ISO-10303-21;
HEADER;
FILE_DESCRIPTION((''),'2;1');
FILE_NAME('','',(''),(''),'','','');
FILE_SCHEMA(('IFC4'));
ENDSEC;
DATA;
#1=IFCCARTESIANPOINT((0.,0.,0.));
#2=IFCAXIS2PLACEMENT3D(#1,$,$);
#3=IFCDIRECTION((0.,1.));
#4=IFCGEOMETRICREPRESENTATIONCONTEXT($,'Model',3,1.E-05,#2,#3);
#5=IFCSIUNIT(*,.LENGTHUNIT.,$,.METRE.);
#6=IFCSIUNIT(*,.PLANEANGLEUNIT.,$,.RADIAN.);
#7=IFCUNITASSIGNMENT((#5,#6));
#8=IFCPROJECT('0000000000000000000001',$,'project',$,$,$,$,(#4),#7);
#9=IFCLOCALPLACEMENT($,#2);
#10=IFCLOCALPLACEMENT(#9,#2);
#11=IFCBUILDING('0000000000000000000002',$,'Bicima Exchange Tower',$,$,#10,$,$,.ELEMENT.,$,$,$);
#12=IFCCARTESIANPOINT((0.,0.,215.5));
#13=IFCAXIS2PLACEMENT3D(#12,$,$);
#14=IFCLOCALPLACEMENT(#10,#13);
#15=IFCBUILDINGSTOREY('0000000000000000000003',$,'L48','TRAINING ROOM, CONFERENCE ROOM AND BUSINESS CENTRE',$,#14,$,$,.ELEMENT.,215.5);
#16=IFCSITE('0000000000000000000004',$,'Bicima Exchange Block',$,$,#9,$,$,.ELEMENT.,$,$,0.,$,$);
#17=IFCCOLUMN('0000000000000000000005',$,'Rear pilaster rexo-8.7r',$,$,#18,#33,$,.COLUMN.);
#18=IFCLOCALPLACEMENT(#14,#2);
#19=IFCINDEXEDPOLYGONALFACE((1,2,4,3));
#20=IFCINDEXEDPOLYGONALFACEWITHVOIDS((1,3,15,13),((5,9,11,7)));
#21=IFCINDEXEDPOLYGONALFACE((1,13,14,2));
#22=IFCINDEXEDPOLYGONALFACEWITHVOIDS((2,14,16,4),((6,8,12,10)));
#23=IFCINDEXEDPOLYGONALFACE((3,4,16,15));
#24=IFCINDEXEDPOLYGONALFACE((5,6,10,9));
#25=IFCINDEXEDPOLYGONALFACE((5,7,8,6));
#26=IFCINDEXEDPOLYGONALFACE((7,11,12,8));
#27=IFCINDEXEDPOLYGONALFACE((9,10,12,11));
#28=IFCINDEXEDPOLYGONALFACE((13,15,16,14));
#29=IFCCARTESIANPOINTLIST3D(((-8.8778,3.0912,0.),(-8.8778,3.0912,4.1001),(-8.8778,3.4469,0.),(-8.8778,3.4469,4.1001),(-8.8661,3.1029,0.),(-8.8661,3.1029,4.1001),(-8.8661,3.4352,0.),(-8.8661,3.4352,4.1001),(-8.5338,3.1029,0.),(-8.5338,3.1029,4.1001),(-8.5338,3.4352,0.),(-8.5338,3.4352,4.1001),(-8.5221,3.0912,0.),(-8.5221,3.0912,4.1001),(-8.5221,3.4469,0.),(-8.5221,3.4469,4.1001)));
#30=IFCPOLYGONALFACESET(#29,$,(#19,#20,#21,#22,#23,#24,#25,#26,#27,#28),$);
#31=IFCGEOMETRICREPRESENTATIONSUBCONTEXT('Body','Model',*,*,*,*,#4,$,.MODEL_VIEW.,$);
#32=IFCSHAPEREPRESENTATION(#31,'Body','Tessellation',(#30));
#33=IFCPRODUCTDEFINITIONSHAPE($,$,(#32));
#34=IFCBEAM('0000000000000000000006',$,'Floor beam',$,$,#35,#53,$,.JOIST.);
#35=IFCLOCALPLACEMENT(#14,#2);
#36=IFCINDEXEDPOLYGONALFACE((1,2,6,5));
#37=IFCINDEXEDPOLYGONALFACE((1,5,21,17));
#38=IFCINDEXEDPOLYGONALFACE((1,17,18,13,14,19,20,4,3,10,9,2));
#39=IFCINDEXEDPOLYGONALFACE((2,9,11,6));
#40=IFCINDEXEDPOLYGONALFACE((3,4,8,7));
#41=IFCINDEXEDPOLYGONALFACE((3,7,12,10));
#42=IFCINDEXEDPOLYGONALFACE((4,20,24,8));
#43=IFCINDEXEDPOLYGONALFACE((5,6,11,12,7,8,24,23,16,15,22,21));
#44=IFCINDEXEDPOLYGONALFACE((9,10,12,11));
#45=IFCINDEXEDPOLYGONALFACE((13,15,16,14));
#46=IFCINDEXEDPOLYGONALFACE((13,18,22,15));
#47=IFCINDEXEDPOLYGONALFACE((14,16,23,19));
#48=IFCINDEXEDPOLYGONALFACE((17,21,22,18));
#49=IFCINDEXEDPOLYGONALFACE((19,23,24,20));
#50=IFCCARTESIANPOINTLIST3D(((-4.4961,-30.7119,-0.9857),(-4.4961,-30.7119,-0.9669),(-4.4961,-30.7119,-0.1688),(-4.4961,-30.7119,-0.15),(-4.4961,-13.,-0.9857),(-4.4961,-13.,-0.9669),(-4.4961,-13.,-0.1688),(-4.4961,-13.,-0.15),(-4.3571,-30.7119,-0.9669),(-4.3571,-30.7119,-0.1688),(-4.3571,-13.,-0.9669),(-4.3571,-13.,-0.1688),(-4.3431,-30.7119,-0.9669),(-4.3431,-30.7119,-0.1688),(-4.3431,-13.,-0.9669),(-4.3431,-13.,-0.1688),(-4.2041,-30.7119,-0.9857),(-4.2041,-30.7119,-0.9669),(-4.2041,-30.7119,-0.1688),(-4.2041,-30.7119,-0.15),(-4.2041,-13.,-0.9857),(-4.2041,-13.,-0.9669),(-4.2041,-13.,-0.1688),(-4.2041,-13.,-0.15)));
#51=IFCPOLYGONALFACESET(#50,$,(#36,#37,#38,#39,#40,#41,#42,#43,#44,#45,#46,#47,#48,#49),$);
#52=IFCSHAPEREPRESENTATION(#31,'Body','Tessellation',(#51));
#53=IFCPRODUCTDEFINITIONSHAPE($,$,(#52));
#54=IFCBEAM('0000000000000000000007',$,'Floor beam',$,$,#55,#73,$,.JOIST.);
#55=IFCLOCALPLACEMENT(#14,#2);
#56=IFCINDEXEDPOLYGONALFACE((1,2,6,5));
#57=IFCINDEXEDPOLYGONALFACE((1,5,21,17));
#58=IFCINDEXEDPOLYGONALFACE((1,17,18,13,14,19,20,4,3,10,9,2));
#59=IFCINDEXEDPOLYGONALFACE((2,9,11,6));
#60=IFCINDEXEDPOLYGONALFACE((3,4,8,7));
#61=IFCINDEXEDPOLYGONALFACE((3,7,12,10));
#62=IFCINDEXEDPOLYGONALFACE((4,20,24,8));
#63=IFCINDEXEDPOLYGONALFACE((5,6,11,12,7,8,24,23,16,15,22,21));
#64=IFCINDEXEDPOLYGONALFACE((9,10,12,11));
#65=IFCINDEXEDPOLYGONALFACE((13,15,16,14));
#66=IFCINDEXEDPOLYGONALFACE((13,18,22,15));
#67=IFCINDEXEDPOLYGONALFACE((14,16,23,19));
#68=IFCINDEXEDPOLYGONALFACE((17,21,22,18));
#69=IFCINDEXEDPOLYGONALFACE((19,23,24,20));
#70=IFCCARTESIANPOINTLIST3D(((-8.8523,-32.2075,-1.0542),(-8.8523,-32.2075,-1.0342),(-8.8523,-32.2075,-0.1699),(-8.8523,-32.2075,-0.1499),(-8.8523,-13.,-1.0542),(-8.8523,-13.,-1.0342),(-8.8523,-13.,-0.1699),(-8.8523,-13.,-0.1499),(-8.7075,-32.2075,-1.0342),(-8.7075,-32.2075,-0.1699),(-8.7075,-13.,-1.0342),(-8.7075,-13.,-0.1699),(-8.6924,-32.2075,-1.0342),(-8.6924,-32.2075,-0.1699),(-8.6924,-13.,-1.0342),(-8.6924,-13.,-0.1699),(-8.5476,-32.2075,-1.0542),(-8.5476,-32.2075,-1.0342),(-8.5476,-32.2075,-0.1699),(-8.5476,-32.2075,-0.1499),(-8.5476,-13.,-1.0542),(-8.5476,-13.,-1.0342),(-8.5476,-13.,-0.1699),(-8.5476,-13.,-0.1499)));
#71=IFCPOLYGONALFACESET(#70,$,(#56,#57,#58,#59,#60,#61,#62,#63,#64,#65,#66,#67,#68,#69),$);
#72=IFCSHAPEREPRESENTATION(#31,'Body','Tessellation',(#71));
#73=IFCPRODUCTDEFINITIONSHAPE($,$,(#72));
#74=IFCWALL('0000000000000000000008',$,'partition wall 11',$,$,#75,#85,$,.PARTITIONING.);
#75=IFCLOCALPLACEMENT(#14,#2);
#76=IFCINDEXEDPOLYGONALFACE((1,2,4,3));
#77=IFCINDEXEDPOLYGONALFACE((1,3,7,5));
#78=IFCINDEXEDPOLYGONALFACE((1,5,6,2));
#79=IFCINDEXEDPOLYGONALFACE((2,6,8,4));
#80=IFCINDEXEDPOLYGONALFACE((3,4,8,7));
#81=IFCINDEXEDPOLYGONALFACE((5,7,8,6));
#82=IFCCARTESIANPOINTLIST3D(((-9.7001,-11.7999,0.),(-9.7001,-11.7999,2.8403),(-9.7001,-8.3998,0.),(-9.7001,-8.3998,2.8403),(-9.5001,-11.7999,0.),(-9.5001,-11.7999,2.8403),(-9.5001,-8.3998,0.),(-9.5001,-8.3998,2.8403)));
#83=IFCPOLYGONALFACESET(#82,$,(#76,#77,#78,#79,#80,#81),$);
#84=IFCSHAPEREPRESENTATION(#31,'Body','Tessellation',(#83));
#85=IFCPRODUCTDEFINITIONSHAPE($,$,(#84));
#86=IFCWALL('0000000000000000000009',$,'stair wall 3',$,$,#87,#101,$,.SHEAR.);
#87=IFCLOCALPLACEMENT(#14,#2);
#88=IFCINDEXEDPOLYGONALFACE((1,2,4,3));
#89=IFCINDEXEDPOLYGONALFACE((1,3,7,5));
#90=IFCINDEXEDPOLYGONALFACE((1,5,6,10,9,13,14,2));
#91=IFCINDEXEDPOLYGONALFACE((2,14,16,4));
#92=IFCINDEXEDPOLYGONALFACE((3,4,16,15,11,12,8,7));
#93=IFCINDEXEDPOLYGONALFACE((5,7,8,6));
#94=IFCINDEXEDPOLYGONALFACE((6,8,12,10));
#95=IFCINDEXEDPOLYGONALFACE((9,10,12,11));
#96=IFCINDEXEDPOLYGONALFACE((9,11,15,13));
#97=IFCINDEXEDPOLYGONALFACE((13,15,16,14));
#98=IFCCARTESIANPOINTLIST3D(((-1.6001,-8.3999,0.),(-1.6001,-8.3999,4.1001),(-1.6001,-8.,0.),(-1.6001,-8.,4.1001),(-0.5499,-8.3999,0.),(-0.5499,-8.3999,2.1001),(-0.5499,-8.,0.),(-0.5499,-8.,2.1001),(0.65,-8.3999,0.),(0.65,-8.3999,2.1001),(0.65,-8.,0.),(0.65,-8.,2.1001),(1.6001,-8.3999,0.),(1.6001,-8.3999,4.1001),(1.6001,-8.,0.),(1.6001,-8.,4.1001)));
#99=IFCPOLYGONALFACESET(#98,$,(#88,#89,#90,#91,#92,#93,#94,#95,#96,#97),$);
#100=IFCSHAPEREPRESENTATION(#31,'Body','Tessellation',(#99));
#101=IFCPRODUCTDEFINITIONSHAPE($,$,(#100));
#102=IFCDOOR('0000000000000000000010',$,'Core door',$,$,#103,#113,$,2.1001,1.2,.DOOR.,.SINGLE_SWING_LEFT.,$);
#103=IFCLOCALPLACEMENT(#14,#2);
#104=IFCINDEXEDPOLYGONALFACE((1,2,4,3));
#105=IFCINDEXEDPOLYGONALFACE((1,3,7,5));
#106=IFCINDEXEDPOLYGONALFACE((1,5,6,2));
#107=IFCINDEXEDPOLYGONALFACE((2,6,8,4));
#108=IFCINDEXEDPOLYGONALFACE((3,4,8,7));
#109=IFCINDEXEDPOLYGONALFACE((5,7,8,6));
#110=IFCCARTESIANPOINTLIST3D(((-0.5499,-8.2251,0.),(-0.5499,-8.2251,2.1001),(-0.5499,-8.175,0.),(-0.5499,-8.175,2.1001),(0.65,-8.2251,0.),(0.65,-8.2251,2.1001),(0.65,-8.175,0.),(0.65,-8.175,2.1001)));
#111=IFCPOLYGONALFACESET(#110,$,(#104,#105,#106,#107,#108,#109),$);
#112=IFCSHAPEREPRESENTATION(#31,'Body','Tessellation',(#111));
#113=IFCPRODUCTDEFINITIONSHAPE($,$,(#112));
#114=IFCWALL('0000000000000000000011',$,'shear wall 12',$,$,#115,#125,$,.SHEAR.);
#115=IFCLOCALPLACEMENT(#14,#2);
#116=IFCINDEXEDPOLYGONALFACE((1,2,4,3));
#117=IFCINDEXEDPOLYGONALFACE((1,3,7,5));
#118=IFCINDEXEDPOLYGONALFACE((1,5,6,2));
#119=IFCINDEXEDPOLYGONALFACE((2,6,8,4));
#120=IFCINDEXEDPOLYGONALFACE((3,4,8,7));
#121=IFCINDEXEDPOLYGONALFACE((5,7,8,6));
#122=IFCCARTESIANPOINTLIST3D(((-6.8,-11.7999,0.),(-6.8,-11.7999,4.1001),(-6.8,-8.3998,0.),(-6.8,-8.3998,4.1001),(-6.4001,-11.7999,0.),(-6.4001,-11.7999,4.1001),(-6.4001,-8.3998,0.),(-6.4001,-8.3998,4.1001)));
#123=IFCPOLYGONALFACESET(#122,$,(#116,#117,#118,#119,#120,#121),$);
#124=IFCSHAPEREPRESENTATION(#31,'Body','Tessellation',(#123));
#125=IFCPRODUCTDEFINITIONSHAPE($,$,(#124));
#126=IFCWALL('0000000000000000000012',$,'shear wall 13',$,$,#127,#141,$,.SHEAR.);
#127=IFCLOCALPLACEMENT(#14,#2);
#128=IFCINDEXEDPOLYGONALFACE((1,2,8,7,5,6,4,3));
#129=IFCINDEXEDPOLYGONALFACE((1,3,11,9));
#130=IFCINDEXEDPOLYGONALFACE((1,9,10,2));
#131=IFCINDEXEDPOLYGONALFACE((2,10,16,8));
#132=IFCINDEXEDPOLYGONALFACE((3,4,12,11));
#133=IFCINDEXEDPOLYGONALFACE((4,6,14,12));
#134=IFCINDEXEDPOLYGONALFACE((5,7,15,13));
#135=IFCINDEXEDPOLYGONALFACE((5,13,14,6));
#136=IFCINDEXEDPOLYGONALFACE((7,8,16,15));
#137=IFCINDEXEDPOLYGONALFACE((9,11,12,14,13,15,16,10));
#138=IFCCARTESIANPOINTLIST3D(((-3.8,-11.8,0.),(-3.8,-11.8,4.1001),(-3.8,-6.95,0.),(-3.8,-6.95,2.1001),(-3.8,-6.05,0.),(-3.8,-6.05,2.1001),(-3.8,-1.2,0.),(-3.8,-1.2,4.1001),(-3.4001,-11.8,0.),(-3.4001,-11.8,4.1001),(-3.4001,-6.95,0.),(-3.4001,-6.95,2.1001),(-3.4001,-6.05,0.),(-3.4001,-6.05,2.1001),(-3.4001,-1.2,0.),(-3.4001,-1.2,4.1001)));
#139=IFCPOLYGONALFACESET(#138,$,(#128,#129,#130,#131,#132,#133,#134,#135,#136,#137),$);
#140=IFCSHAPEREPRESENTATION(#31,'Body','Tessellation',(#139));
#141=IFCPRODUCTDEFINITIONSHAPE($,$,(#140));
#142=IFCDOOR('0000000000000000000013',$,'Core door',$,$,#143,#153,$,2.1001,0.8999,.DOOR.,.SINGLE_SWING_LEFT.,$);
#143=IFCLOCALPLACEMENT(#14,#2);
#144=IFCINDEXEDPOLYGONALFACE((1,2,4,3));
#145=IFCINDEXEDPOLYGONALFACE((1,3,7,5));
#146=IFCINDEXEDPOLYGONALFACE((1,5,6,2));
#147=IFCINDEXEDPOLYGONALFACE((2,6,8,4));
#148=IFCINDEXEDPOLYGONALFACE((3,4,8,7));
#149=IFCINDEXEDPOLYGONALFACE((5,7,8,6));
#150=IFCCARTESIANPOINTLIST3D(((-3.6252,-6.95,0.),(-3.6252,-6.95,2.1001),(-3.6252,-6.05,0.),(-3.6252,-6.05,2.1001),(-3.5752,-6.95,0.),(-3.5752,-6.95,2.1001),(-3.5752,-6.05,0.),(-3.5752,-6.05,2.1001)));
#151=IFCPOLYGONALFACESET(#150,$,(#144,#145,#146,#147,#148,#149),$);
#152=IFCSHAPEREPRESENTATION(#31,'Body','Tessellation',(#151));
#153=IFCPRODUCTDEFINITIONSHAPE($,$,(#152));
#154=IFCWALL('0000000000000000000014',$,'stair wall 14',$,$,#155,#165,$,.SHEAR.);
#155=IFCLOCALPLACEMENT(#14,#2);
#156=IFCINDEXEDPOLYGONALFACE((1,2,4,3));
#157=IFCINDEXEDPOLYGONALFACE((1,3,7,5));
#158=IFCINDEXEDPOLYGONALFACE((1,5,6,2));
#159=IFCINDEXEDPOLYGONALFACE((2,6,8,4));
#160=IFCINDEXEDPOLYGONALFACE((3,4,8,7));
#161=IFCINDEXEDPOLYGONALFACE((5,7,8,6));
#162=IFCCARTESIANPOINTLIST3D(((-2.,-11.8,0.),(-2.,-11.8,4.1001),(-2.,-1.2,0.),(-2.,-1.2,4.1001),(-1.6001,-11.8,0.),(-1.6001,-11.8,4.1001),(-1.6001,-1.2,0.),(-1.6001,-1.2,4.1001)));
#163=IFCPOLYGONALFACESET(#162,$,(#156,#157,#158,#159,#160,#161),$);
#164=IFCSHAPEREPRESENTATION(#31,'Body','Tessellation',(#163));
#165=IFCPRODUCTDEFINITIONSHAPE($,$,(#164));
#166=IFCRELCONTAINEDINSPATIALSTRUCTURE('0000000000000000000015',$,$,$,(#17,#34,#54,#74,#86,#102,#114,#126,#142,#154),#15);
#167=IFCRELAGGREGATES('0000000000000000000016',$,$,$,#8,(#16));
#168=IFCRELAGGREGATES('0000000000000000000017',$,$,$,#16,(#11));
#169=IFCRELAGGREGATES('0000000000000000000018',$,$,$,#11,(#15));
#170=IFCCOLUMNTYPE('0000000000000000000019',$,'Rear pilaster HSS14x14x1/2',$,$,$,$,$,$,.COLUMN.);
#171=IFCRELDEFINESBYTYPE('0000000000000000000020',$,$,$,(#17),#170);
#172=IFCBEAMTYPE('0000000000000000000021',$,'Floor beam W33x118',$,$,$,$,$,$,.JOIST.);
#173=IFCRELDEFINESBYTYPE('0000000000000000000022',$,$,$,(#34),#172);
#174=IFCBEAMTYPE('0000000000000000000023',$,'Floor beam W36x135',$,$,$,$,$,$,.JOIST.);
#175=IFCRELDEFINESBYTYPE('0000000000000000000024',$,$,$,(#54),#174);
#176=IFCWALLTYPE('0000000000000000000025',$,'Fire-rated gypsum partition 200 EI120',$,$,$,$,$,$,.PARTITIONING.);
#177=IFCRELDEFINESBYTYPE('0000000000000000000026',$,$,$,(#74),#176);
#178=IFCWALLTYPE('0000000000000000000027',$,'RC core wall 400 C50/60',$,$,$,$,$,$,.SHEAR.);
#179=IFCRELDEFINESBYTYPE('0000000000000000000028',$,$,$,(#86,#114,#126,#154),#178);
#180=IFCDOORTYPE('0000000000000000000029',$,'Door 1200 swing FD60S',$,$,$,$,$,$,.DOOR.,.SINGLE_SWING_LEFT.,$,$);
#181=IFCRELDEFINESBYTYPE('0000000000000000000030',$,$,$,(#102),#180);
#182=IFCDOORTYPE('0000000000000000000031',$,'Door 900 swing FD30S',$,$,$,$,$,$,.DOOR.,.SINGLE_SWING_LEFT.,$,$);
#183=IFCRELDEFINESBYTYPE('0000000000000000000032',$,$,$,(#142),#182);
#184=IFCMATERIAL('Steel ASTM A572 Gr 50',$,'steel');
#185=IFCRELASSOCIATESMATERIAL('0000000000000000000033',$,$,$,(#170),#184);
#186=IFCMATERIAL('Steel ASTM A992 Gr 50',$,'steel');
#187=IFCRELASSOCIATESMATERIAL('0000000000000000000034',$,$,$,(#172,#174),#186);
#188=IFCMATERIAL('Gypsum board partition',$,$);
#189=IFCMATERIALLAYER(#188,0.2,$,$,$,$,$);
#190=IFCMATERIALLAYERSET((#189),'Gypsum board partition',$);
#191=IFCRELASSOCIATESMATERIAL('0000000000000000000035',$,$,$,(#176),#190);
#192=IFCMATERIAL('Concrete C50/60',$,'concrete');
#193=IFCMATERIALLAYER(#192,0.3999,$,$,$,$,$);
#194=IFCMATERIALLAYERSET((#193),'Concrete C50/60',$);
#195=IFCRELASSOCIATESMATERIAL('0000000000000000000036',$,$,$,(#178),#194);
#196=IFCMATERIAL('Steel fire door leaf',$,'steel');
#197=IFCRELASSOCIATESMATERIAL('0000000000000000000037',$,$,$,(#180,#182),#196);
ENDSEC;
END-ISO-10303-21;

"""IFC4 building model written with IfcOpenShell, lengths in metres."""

from ifc_helpers import new_model, si_unit, direction, frame, frame_2d, origin, origin_2d, place, context, subcontext, project, spatial, rectangle, hollow_rectangle, i_section, extrude, material, layer, layer_set, material_profile, profile_set, type_object, element, fill, save


model = new_model("IFC4")

# Units and contexts
model_context = context("Model", 3, precision=1e-05, world=origin(), true_north=direction((0.0, 1.0)))
body_context = subcontext(model_context, "Body", "Model", "MODEL_VIEW")
ifc_project = project(units=[si_unit("LENGTHUNIT", "METRE"), si_unit("PLANEANGLEUNIT", "RADIAN")], contexts=[model_context])

# Site, building, storey
site_placement = place(None, origin())
site = spatial("IfcSite", under=ifc_project, at=site_placement, Name="Bicima Exchange Block", CompositionType="ELEMENT", RefElevation=0.0)
building_placement = place(site_placement, origin())
building = spatial("IfcBuilding", under=site, at=building_placement, Name="Bicima Exchange Tower", CompositionType="ELEMENT")
storey_placement = place(building_placement, frame((0.0, 0.0, 215.5)))
storey = spatial("IfcBuildingStorey", under=building, at=storey_placement, Name="L48", Description="TRAINING ROOM, CONFERENCE ROOM AND BUSINESS CENTRE", CompositionType="ELEMENT", Elevation=215.5)

# Column
ifc_material_1 = material(Name="Steel ASTM A572 Gr 50", Category="steel")
ifc_material_profile_1 = material_profile(ifc_material_1, hollow_rectangle(XDim=0.3557, YDim=0.3557, WallThickness=0.0117, at=origin_2d()))
ifc_profile_set_1 = profile_set([ifc_material_profile_1], Name="Steel ASTM A572 Gr 50")
column_type = type_object("IfcColumnType", Name="Rear pilaster HSS14x14x1/2", PredefinedType="COLUMN", material=ifc_profile_set_1)
column_placement = place(storey_placement, frame((-8.7, 3.269, 0.0), z_axis=(0.0, 0.0, 1.0), x_axis=(1.0, 0.0, 0.0)))
element("IfcColumn", 1, at=column_placement, inside=storey, type_object=column_type, Name="Rear pilaster rexo-8.7r", PredefinedType="COLUMN", context=body_context, shape_type="SweptSolid", body=[
    extrude(hollow_rectangle(XDim=0.3557, YDim=0.3557, WallThickness=0.0117, at=origin_2d()), origin(), (0.0, 0.0, 1.0), 4.1001),
])

# Beams
ifc_material_2 = material(Name="Steel ASTM A992 Gr 50", Category="steel")
ifc_material_profile_2 = material_profile(ifc_material_2, i_section(OverallWidth=0.292, OverallDepth=0.8357, WebThickness=0.0139, FlangeThickness=0.0188, at=origin_2d()))
ifc_profile_set_2 = profile_set([ifc_material_profile_2], Name="Steel ASTM A992 Gr 50")
beam_type_1 = type_object("IfcBeamType", Name="Floor beam W33x118", PredefinedType="JOIST", material=ifc_profile_set_2)
beam_1_placement = place(storey_placement, frame((-4.3501, -13.0, -0.5679), z_axis=(0.0, -1.0, 0.0), x_axis=(1.0, 0.0, 0.0)))
element("IfcBeam", 2, at=beam_1_placement, inside=storey, type_object=beam_type_1, Name="Floor beam", PredefinedType="JOIST", context=body_context, shape_type="SweptSolid", body=[
    extrude(i_section(OverallWidth=0.292, OverallDepth=0.8357, WebThickness=0.0139, FlangeThickness=0.0188, at=origin_2d()), origin(), (0.0, 0.0, 1.0), 17.7119),
])
ifc_material_profile_3 = material_profile(ifc_material_2, i_section(OverallWidth=0.3047, OverallDepth=0.9043, WebThickness=0.0151, FlangeThickness=0.02, at=origin_2d()))
ifc_profile_set_3 = profile_set([ifc_material_profile_3], Name="Steel ASTM A992 Gr 50")
beam_type_2 = type_object("IfcBeamType", Name="Floor beam W36x135", PredefinedType="JOIST", material=ifc_profile_set_3)
beam_2_placement = place(storey_placement, frame((-8.7, -13.0, -0.6021), z_axis=(0.0, -1.0, 0.0), x_axis=(1.0, 0.0, 0.0)))
element("IfcBeam", 3, at=beam_2_placement, inside=storey, type_object=beam_type_2, Name="Floor beam", PredefinedType="JOIST", context=body_context, shape_type="SweptSolid", body=[
    extrude(i_section(OverallWidth=0.3047, OverallDepth=0.9043, WebThickness=0.0151, FlangeThickness=0.02, at=origin_2d()), origin(), (0.0, 0.0, 1.0), 19.2075),
])

# Wall
ifc_material_3 = material(Name="Gypsum board partition")
ifc_layer_1 = layer(ifc_material_3, 0.2)
ifc_layer_set_1 = layer_set([ifc_layer_1], Name="Gypsum board partition")
wall_type_1 = type_object("IfcWallType", Name="Fire-rated gypsum partition 200 EI120", PredefinedType="PARTITIONING", material=ifc_layer_set_1)
wall_1_placement = place(storey_placement, frame((-9.6001, -11.8, 0.0), z_axis=(0.0, 0.0, 1.0), x_axis=(0.0, 1.0, 0.0)))
element("IfcWall", 4, at=wall_1_placement, inside=storey, type_object=wall_type_1, Name="partition wall 11", PredefinedType="PARTITIONING", context=body_context, shape_type="SweptSolid", body=[
    extrude(rectangle(XDim=3.4001, YDim=0.2, at=frame_2d((1.7002, 0.0))), origin(), (0.0, 0.0, 1.0), 2.8403),
])

# Wall, opening, door
ifc_material_4 = material(Name="Concrete C50/60", Category="concrete")
ifc_layer_2 = layer(ifc_material_4, 0.3999)
ifc_layer_set_2 = layer_set([ifc_layer_2], Name="Concrete C50/60")
wall_type_2 = type_object("IfcWallType", Name="RC core wall 400 C50/60", PredefinedType="SHEAR", material=ifc_layer_set_2)
wall_2_placement = place(storey_placement, frame((-1.6001, -8.2, 0.0), z_axis=(0.0, 0.0, 1.0), x_axis=(1.0, 0.0, 0.0)))
wall_2 = element("IfcWall", 5, at=wall_2_placement, inside=storey, type_object=wall_type_2, Name="stair wall 3", PredefinedType="SHEAR", context=body_context, shape_type="SweptSolid", body=[
    extrude(rectangle(XDim=3.2002, YDim=0.3999, at=frame_2d((1.6001, 0.0))), origin(), (0.0, 0.0, 1.0), 4.1001),
])
opening_1_placement = place(wall_2_placement, frame((1.05, 0.0, 0.0)))
opening_1 = element("IfcOpeningElement", 6, at=opening_1_placement, cuts=wall_2, PredefinedType="OPENING", context=body_context, shape_type="SweptSolid", body=[
    extrude(rectangle(XDim=1.2, YDim=2.1001, at=frame_2d((0.6001, 1.05))), frame((0.0, 0.2119, 0.0), z_axis=(0.0, -1.0, 0.0), x_axis=(1.0, 0.0, 0.0)), (0.0, 0.0, 1.0), 0.4238),
])
ifc_material_5 = material(Name="Steel fire door leaf", Category="steel")
door_type_1 = type_object("IfcDoorType", Name="Door 1200 swing FD60S", OperationType="SINGLE_SWING_LEFT", PredefinedType="DOOR", material=ifc_material_5)
door_1_placement = place(opening_1_placement, origin())
door_1 = element("IfcDoor", 7, at=door_1_placement, inside=storey, type_object=door_type_1, Name="Core door", OperationType="SINGLE_SWING_LEFT", OverallHeight=2.1001, OverallWidth=1.2, PredefinedType="DOOR", context=body_context, shape_type="SweptSolid", body=[
    extrude(rectangle(XDim=1.2, YDim=2.1001, at=frame_2d((0.6001, 1.05))), frame((0.0, 0.0249, 0.0), z_axis=(0.0, -1.0, 0.0), x_axis=(1.0, 0.0, 0.0)), (0.0, 0.0, 1.0), 0.05),
])
fill(opening_1, door_1)

# Wall
wall_3_placement = place(storey_placement, frame((-6.6001, -11.8, 0.0), z_axis=(0.0, 0.0, 1.0), x_axis=(0.0, 1.0, 0.0)))
element("IfcWall", 8, at=wall_3_placement, inside=storey, type_object=wall_type_2, Name="shear wall 12", PredefinedType="SHEAR", context=body_context, shape_type="SweptSolid", body=[
    extrude(rectangle(XDim=3.4001, YDim=0.3999, at=frame_2d((1.7002, 0.0))), origin(), (0.0, 0.0, 1.0), 4.1001),
])

# Wall, opening, door
wall_4_placement = place(storey_placement, frame((-3.6001, -11.8, 0.0), z_axis=(0.0, 0.0, 1.0), x_axis=(0.0, 1.0, 0.0)))
wall_4 = element("IfcWall", 9, at=wall_4_placement, inside=storey, type_object=wall_type_2, Name="shear wall 13", PredefinedType="SHEAR", context=body_context, shape_type="SweptSolid", body=[
    extrude(rectangle(XDim=10.6001, YDim=0.3999, at=frame_2d((5.3, 0.0))), origin(), (0.0, 0.0, 1.0), 4.1001),
])
opening_2_placement = place(wall_4_placement, frame((4.8501, 0.0, 0.0)))
opening_2 = element("IfcOpeningElement", 10, at=opening_2_placement, cuts=wall_4, PredefinedType="OPENING", context=body_context, shape_type="SweptSolid", body=[
    extrude(rectangle(XDim=0.8999, YDim=2.1001, at=frame_2d((0.45, 1.05))), frame((0.0, 0.2119, 0.0), z_axis=(0.0, -1.0, 0.0), x_axis=(1.0, 0.0, 0.0)), (0.0, 0.0, 1.0), 0.4238),
])
door_type_2 = type_object("IfcDoorType", Name="Door 900 swing FD30S", OperationType="SINGLE_SWING_LEFT", PredefinedType="DOOR", material=ifc_material_5)
door_2_placement = place(opening_2_placement, frame((0.8999, 0.0, 0.0), z_axis=(0.0, 0.0, 1.0), x_axis=(-1.0, 0.0, 0.0)))
door_2 = element("IfcDoor", 11, at=door_2_placement, inside=storey, type_object=door_type_2, Name="Core door", OperationType="SINGLE_SWING_LEFT", OverallHeight=2.1001, OverallWidth=0.8999, PredefinedType="DOOR", context=body_context, shape_type="SweptSolid", body=[
    extrude(rectangle(XDim=0.8999, YDim=2.1001, at=frame_2d((0.45, 1.05))), frame((0.0, 0.0249, 0.0), z_axis=(0.0, -1.0, 0.0), x_axis=(1.0, 0.0, 0.0)), (0.0, 0.0, 1.0), 0.05),
])
fill(opening_2, door_2)

# Wall
wall_5_placement = place(storey_placement, frame((-1.8, -11.8, 0.0), z_axis=(0.0, 0.0, 1.0), x_axis=(0.0, 1.0, 0.0)))
element("IfcWall", 12, at=wall_5_placement, inside=storey, type_object=wall_type_2, Name="stair wall 14", PredefinedType="SHEAR", context=body_context, shape_type="SweptSolid", body=[
    extrude(rectangle(XDim=10.6001, YDim=0.3999, at=frame_2d((5.3, 0.0))), origin(), (0.0, 0.0, 1.0), 4.1001),
])

save(model, "model.ifc")
